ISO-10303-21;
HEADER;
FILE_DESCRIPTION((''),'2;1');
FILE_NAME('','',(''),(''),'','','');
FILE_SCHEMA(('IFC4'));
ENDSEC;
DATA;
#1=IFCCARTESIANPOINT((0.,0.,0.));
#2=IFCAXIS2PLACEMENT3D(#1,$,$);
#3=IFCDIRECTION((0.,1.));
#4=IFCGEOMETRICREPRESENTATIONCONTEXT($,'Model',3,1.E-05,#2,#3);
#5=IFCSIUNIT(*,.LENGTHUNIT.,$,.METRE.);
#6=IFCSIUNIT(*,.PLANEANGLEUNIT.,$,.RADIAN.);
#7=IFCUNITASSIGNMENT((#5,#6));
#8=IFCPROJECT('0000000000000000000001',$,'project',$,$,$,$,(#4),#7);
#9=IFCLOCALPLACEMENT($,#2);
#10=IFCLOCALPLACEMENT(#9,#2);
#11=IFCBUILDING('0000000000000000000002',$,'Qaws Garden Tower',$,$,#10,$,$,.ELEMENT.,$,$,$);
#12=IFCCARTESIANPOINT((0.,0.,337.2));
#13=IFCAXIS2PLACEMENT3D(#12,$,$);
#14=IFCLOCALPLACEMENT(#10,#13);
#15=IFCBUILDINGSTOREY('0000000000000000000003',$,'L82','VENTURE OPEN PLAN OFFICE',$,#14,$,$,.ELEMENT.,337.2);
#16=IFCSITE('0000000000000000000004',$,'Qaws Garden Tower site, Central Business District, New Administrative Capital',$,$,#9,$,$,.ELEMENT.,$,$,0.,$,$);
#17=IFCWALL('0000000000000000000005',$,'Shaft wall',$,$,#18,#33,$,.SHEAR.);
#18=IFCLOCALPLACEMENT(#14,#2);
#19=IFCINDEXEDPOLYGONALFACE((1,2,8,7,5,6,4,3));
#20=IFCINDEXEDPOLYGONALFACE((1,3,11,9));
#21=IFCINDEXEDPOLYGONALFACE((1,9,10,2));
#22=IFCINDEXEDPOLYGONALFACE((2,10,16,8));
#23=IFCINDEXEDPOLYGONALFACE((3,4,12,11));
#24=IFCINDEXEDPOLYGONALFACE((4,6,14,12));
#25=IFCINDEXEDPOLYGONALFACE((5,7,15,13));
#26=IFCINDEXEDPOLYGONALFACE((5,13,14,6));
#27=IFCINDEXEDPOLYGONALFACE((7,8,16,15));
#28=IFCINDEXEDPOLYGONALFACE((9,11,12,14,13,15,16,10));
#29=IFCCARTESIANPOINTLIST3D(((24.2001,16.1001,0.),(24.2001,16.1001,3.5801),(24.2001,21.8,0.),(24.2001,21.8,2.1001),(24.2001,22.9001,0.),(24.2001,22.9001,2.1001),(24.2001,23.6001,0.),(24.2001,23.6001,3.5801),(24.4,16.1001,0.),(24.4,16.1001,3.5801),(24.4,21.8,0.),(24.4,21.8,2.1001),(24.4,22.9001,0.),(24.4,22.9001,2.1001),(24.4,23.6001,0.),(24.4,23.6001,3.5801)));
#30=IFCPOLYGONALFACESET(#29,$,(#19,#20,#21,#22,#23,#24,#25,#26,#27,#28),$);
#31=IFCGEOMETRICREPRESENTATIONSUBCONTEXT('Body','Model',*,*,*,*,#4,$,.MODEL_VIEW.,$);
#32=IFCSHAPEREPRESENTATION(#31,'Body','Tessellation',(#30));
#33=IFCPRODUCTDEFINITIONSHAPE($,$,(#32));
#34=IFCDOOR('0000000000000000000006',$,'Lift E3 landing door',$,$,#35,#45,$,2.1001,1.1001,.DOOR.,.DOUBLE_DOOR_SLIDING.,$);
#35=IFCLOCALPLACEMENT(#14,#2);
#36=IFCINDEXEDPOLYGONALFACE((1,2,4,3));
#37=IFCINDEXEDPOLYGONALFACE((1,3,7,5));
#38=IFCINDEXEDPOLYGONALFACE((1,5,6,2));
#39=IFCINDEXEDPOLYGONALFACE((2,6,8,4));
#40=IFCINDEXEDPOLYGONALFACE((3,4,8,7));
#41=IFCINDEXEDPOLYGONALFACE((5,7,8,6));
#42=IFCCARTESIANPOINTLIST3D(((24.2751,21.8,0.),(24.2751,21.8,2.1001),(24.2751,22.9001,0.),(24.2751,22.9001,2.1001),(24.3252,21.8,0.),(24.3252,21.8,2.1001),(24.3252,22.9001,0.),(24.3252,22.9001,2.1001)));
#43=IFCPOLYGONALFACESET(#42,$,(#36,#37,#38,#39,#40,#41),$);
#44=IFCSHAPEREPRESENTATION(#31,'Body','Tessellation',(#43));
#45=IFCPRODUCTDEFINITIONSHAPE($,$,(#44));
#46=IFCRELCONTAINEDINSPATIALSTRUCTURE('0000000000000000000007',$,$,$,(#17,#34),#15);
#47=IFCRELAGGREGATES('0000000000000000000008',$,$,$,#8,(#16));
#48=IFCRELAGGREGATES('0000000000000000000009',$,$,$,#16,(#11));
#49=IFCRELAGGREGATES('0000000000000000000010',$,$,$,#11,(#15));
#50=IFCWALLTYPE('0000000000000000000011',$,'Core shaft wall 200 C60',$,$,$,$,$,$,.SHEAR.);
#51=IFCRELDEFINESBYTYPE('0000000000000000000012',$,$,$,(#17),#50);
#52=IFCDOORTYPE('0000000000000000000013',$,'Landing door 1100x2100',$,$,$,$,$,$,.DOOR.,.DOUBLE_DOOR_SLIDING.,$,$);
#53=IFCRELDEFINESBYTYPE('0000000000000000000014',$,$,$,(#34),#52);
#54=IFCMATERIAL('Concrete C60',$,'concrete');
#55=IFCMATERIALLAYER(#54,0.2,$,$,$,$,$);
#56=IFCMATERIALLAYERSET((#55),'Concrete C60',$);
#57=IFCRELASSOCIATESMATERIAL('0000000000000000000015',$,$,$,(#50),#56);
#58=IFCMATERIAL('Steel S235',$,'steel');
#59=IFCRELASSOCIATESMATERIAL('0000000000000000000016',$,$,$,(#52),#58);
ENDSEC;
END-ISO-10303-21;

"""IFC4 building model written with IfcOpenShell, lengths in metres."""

from ifc_helpers import new_model, si_unit, direction, frame, frame_2d, origin, place, context, subcontext, project, spatial, rectangle, extrude, material, layer, layer_set, type_object, element, fill, save


model = new_model("IFC4")

# Units and contexts
model_context = context("Model", 3, precision=1e-05, world=origin(), true_north=direction((0.0, 1.0)))
body_context = subcontext(model_context, "Body", "Model", "MODEL_VIEW")
ifc_project = project(units=[si_unit("LENGTHUNIT", "METRE"), si_unit("PLANEANGLEUNIT", "RADIAN")], contexts=[model_context])

# Site, building, storey
site_placement = place(None, origin())
site = spatial("IfcSite", under=ifc_project, at=site_placement, Name="Qaws Garden Tower site, Central Business District, New Administrative Capital", CompositionType="ELEMENT", RefElevation=0.0)
building_placement = place(site_placement, origin())
building = spatial("IfcBuilding", under=site, at=building_placement, Name="Qaws Garden Tower", CompositionType="ELEMENT")
storey_placement = place(building_placement, frame((0.0, 0.0, 337.2)))
storey = spatial("IfcBuildingStorey", under=building, at=storey_placement, Name="L82", Description="VENTURE OPEN PLAN OFFICE", CompositionType="ELEMENT", Elevation=337.2)

# Shared definitions
ifc_material_1 = material(Name="Concrete C60", Category="concrete")
ifc_layer_1 = layer(ifc_material_1, 0.2)
ifc_layer_set_1 = layer_set([ifc_layer_1], Name="Concrete C60")
wall_type_1 = type_object("IfcWallType", Name="Core shaft wall 200 C60", PredefinedType="SHEAR", material=ifc_layer_set_1)
ifc_material_2 = material(Name="Steel S235", Category="steel")
door_type_1 = type_object("IfcDoorType", Name="Landing door 1100x2100", OperationType="DOUBLE_DOOR_SLIDING", PredefinedType="DOOR", material=ifc_material_2)

# Wall, opening, door
wall_1_placement = place(storey_placement, frame((24.3, 16.1001, 0.0), z_axis=(0.0, 0.0, 1.0), x_axis=(0.0, 1.0, 0.0)))
wall_1 = element("IfcWall", 1, at=wall_1_placement, inside=storey, type_object=wall_type_1, Name="Shaft wall", PredefinedType="SHEAR", context=body_context, shape_type="SweptSolid", body=[
    extrude(rectangle(XDim=7.5, YDim=0.2, at=frame_2d((3.75, 0.0))), origin(), (0.0, 0.0, 1.0), 3.5801),
])
opening_1_placement = place(wall_1_placement, frame((5.7, 0.0, 0.0)))
opening_1 = element("IfcOpeningElement", 2, at=opening_1_placement, cuts=wall_1, PredefinedType="OPENING", context=body_context, shape_type="SweptSolid", body=[
    extrude(rectangle(XDim=1.1001, YDim=2.1001, at=frame_2d((0.55, 1.05))), frame((0.0, 0.1099, 0.0), z_axis=(0.0, -1.0, 0.0), x_axis=(1.0, 0.0, 0.0)), (0.0, 0.0, 1.0), 0.22),
])
door_1_placement = place(opening_1_placement, origin())
door_1 = element("IfcDoor", 3, at=door_1_placement, inside=storey, type_object=door_type_1, Name="Lift E3 landing door", OperationType="DOUBLE_DOOR_SLIDING", OverallHeight=2.1001, OverallWidth=1.1001, PredefinedType="DOOR", context=body_context, shape_type="SweptSolid", body=[
    extrude(rectangle(XDim=1.1001, YDim=2.1001, at=frame_2d((0.55, 1.05))), frame((0.0, 0.0249, 0.0), z_axis=(0.0, -1.0, 0.0), x_axis=(1.0, 0.0, 0.0)), (0.0, 0.0, 1.0), 0.05),
])
fill(opening_1, door_1)

save(model, "model.ifc")
